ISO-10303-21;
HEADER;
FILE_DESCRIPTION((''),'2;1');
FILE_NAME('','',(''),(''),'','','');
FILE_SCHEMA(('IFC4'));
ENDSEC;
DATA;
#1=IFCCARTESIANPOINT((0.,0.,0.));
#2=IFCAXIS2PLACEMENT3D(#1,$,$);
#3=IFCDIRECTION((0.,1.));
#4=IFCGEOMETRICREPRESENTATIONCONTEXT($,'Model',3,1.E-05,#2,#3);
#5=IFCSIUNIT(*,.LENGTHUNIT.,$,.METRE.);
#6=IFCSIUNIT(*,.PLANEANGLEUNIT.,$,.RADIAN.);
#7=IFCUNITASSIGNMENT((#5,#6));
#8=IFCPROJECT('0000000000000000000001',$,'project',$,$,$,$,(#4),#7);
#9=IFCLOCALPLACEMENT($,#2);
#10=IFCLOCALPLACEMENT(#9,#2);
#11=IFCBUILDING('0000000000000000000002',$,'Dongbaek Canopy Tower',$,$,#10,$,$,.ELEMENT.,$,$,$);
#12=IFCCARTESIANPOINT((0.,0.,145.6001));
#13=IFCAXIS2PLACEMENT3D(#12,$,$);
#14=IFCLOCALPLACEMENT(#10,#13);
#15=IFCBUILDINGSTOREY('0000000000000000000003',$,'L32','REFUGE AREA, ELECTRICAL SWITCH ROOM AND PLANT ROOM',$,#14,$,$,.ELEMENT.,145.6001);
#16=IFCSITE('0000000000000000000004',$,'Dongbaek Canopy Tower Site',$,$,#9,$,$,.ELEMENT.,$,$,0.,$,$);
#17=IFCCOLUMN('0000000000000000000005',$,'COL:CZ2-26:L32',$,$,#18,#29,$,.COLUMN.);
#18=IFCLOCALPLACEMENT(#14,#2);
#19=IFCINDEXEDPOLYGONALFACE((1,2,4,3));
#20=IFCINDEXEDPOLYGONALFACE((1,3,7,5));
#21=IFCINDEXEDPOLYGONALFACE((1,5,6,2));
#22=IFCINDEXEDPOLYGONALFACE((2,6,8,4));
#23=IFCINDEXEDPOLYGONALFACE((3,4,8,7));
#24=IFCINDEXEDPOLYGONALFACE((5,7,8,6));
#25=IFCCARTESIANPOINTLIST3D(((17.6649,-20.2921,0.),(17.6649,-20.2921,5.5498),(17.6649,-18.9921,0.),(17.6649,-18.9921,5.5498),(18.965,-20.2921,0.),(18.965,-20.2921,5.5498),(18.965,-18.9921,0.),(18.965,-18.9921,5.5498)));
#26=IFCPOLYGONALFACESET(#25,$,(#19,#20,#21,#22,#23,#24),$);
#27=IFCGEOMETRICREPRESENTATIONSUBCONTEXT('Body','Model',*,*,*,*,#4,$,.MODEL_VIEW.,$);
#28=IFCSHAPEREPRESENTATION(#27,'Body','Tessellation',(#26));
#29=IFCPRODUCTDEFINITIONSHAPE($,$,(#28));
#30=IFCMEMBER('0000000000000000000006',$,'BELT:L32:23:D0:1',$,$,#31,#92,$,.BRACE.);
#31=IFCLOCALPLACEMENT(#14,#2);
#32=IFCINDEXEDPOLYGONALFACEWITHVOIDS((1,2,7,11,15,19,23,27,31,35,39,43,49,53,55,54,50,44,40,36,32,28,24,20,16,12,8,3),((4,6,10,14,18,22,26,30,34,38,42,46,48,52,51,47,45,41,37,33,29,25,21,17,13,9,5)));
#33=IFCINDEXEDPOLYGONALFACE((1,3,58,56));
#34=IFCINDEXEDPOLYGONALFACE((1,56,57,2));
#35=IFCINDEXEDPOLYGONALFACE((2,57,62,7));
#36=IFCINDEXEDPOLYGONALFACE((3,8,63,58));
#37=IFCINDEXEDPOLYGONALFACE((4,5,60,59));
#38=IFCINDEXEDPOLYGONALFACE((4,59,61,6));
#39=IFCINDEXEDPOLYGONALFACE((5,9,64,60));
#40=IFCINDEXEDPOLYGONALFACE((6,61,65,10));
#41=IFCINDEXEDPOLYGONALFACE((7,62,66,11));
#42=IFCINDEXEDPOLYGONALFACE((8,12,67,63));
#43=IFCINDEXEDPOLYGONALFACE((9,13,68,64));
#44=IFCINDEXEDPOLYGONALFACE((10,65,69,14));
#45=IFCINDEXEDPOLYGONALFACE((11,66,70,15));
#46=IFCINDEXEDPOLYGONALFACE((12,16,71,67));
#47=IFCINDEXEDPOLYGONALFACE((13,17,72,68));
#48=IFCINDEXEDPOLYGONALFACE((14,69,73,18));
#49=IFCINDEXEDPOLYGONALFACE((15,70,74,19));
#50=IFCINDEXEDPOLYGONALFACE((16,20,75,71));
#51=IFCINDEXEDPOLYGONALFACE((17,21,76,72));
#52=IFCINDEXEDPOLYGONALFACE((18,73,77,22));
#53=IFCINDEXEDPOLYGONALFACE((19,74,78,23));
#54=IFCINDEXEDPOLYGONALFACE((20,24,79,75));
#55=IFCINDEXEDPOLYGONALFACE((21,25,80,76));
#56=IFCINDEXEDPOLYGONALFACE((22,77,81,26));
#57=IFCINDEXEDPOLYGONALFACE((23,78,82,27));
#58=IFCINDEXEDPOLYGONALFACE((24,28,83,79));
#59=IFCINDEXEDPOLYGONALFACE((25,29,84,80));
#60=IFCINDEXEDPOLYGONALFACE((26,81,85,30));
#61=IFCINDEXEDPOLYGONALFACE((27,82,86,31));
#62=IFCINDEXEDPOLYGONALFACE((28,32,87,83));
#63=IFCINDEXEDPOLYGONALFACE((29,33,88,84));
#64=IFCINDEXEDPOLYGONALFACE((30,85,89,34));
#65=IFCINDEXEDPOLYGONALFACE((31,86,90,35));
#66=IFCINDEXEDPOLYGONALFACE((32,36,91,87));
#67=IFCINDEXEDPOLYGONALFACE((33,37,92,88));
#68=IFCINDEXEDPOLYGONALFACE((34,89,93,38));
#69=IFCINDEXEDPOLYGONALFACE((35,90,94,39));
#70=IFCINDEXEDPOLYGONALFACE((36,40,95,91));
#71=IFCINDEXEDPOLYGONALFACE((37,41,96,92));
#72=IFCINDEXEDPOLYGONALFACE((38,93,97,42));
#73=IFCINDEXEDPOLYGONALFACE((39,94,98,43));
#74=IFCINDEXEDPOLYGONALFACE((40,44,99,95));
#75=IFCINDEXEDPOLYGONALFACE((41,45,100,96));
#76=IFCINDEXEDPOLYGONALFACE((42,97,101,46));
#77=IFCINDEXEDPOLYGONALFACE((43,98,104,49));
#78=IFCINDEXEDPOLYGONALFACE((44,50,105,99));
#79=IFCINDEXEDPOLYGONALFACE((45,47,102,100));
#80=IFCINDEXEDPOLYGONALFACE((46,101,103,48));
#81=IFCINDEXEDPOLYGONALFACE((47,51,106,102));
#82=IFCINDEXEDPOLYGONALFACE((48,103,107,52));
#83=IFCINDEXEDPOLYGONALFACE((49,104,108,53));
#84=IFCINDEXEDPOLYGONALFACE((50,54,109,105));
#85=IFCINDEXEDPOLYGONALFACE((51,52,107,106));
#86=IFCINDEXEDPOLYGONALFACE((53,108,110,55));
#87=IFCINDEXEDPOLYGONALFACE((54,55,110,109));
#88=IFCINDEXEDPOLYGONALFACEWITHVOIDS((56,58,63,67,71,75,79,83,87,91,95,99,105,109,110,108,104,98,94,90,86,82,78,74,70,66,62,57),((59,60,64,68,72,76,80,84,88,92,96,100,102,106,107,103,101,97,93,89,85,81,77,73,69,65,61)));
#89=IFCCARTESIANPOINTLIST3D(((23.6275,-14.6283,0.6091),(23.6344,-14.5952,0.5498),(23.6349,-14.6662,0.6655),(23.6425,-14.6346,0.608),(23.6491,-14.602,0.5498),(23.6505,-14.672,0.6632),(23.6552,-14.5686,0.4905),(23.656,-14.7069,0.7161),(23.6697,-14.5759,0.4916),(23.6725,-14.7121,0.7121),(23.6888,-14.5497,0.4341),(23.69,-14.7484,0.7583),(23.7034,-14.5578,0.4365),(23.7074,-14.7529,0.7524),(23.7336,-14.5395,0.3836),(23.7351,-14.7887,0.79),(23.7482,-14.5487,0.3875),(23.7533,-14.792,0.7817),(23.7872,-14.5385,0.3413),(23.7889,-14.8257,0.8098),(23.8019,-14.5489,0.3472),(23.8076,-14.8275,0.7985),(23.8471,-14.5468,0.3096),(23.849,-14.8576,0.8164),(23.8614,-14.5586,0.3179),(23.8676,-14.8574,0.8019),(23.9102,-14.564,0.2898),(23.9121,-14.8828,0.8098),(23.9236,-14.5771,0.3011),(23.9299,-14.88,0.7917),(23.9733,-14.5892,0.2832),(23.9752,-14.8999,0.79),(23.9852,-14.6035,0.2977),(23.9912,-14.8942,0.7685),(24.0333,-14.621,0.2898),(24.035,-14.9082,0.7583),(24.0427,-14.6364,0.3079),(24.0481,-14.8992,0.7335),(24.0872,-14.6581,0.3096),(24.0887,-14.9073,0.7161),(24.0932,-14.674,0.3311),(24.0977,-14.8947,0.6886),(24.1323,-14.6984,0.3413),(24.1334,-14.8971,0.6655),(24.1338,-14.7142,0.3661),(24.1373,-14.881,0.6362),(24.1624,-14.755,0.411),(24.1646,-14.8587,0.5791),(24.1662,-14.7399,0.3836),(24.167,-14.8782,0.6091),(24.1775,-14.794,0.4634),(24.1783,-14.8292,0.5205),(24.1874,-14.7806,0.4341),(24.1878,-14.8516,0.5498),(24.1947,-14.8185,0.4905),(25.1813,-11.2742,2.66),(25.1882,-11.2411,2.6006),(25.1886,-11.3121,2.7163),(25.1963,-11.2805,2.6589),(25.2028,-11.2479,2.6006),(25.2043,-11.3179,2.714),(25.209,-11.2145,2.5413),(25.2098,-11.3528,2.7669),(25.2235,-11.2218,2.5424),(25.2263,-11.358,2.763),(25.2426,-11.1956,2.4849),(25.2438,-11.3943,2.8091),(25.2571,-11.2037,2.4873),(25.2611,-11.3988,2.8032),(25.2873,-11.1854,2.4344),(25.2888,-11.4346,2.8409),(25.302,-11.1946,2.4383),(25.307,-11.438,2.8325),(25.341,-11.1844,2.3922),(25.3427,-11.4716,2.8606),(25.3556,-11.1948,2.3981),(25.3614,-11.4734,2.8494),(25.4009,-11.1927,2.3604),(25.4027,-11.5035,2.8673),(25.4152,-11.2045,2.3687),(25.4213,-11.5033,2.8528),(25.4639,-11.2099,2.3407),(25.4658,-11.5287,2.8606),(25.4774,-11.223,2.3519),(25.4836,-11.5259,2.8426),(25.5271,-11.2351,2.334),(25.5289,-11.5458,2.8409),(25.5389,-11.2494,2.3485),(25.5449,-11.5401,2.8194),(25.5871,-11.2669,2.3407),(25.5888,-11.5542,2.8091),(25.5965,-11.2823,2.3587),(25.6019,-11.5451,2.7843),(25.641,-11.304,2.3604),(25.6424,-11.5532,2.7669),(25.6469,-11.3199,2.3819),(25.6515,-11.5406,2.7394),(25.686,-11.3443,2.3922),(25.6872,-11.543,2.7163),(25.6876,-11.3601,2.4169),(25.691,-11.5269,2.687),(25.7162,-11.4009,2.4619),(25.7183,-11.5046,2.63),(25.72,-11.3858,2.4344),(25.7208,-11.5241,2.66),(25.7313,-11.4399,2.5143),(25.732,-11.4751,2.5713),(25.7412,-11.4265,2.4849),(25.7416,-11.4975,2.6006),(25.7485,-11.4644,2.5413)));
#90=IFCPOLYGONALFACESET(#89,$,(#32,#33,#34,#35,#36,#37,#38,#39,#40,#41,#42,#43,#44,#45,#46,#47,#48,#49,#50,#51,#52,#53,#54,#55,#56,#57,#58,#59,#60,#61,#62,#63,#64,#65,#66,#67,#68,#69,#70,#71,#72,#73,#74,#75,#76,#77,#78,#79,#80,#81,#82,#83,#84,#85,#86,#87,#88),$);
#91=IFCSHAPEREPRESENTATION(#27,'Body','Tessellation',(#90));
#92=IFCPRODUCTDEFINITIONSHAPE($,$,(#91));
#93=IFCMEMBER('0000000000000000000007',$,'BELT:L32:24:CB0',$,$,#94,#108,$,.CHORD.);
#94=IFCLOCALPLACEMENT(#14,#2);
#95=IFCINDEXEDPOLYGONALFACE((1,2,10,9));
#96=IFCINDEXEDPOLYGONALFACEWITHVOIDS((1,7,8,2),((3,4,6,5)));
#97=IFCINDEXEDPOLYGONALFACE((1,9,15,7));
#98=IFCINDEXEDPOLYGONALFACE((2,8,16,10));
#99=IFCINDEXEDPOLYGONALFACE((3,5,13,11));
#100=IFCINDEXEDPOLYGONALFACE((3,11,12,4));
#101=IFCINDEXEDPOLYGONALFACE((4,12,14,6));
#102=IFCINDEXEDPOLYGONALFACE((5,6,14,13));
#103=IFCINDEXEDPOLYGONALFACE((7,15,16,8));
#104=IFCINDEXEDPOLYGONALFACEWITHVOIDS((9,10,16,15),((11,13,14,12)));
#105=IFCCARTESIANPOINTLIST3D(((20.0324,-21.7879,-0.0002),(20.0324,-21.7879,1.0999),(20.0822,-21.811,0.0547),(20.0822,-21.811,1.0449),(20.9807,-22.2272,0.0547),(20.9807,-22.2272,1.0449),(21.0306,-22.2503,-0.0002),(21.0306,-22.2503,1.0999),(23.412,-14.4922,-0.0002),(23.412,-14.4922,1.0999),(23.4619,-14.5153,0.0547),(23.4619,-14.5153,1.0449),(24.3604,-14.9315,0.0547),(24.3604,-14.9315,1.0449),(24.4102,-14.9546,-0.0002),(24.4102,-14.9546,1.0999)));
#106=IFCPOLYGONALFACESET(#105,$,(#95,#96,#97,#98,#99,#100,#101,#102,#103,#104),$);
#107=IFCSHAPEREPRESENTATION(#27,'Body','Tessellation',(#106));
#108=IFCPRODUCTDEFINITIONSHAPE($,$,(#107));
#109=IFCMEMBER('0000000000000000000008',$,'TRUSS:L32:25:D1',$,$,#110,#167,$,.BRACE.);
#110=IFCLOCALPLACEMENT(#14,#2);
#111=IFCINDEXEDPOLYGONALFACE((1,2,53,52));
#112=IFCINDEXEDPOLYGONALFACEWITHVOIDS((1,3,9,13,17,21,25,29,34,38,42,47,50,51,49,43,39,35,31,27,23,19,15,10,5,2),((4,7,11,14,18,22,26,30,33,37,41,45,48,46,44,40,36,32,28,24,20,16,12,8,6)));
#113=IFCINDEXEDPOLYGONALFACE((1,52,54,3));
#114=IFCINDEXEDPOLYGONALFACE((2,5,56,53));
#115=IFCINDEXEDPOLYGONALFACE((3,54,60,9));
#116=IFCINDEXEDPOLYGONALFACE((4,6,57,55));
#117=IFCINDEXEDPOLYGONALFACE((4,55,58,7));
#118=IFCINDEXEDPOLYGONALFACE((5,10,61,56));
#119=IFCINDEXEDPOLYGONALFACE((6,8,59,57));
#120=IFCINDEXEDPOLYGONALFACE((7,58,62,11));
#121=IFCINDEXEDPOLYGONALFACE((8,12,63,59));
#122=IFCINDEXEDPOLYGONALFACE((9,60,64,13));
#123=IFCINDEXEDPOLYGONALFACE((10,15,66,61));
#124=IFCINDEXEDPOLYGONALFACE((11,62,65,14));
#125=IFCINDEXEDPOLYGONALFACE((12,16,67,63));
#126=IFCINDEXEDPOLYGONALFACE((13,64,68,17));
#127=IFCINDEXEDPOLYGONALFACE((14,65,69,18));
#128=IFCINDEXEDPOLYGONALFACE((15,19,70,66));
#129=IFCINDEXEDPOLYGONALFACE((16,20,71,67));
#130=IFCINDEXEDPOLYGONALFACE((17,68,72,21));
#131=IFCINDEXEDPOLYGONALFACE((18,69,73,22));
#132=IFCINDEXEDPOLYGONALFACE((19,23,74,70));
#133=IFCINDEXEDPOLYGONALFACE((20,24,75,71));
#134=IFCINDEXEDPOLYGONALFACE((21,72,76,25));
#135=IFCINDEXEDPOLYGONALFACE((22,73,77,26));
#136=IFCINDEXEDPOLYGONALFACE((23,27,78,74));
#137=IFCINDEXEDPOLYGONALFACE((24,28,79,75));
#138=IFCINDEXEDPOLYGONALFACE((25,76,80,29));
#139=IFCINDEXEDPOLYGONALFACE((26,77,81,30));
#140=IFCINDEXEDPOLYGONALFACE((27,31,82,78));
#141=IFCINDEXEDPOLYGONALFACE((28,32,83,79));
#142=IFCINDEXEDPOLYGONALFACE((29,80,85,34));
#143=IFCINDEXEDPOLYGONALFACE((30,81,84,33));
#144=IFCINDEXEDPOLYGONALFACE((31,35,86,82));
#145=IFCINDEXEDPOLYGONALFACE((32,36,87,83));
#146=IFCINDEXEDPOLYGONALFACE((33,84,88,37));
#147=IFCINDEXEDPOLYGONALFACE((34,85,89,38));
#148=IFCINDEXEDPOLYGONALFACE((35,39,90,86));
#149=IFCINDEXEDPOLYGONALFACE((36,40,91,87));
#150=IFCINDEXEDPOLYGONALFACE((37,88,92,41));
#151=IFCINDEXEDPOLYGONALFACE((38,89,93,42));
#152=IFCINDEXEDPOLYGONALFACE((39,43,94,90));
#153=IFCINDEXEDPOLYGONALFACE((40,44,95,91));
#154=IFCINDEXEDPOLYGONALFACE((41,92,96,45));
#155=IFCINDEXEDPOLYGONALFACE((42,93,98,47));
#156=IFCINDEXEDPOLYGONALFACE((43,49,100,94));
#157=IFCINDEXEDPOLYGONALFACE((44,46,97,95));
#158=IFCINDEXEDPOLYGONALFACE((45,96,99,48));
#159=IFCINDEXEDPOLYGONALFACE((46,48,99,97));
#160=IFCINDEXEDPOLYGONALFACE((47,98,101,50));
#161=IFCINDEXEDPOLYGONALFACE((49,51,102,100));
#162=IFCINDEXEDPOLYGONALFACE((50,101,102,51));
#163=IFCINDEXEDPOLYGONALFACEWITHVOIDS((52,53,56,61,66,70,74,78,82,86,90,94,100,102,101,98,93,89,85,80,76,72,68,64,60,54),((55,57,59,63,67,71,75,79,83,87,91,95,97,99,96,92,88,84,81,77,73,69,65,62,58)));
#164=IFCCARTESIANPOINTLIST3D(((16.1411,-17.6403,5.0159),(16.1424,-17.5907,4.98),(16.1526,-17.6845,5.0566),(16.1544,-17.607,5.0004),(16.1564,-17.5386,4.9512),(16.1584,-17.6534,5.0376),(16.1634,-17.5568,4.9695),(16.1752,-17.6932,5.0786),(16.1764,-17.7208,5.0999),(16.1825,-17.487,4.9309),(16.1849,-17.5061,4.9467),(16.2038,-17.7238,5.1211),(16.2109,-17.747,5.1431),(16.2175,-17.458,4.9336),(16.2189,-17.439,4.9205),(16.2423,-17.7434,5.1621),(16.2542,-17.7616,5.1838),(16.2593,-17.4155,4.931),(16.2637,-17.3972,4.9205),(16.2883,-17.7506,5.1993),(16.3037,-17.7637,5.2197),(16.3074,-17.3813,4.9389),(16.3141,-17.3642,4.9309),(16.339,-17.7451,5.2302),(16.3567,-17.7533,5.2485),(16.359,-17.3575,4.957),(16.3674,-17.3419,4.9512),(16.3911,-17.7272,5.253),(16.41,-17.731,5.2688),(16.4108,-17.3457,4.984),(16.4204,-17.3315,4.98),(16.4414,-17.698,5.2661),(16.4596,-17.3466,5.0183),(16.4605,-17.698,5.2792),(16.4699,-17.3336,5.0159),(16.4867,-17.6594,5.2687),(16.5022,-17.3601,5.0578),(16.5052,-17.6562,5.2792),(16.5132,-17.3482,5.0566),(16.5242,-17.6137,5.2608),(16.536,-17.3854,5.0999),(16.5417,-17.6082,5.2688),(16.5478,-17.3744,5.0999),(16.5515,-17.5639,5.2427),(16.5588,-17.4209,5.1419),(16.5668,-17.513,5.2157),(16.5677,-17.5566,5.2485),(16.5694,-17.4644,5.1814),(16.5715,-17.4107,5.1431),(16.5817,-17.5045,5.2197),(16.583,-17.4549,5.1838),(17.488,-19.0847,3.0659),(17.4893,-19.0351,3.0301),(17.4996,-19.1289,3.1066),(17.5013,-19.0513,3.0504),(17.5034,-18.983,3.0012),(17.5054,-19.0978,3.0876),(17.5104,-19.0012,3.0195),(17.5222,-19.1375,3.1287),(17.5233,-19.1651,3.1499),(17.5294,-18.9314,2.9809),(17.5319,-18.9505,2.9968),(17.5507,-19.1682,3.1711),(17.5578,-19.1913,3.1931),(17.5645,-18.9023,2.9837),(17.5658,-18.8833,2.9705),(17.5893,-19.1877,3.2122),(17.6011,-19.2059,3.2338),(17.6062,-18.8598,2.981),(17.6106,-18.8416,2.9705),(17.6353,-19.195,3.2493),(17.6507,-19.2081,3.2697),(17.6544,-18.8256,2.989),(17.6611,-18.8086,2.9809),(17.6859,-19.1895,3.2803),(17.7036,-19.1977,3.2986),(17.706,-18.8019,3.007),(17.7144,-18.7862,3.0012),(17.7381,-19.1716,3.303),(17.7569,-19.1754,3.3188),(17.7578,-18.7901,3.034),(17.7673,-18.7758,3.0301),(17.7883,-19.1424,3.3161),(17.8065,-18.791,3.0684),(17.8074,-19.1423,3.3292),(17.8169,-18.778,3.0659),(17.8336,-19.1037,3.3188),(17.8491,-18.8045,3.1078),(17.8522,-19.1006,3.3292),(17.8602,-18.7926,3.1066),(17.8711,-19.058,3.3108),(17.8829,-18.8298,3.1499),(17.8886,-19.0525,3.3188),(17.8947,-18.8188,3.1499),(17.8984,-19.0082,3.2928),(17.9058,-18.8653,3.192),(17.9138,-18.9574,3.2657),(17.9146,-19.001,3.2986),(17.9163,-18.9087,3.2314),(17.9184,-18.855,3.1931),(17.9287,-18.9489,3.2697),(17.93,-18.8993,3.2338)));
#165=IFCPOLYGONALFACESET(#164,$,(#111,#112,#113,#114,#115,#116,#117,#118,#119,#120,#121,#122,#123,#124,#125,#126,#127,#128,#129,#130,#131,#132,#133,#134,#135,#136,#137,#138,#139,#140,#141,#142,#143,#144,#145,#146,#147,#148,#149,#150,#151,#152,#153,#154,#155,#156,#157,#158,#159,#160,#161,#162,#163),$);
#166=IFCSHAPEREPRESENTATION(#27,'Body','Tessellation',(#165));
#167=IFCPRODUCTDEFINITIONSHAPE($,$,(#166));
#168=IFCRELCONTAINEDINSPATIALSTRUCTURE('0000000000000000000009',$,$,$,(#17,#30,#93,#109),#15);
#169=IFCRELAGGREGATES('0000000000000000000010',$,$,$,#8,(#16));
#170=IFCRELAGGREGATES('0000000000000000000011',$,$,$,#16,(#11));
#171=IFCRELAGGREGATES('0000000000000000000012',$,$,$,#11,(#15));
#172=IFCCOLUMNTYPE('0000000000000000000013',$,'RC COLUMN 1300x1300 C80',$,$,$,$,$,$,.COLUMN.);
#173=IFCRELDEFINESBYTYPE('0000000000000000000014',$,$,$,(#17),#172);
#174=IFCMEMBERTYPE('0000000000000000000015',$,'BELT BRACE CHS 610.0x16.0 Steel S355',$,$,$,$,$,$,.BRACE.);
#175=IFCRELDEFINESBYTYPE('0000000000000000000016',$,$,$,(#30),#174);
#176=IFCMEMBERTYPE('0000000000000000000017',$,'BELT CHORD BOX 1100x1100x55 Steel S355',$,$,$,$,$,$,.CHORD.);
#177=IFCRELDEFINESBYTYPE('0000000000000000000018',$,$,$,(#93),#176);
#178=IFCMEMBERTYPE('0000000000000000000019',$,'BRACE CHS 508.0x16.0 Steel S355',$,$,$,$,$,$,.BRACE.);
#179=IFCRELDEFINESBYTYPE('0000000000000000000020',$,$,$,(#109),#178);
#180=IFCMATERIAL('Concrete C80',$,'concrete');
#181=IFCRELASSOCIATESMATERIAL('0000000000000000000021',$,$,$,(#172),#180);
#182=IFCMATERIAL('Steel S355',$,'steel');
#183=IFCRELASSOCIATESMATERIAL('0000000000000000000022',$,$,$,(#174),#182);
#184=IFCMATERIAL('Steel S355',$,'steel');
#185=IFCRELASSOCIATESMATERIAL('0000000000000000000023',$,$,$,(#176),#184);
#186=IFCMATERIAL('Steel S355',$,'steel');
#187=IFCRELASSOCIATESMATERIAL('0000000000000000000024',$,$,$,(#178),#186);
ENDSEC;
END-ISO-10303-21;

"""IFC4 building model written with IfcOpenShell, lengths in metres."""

from ifc_helpers import new_model, si_unit, direction, frame, origin, origin_2d, place, context, subcontext, project, spatial, rectangle, hollow_rectangle, hollow_circle, extrude, material, material_profile, profile_set, type_object, element, save


model = new_model("IFC4")

# Units and contexts
model_context = context("Model", 3, precision=1e-05, world=origin(), true_north=direction((0.0, 1.0)))
body_context = subcontext(model_context, "Body", "Model", "MODEL_VIEW")
ifc_project = project(units=[si_unit("LENGTHUNIT", "METRE"), si_unit("PLANEANGLEUNIT", "RADIAN")], contexts=[model_context])

# Site, building, storey
site_placement = place(None, origin())
site = spatial("IfcSite", under=ifc_project, at=site_placement, Name="Dongbaek Canopy Tower Site", CompositionType="ELEMENT", RefElevation=0.0)
building_placement = place(site_placement, origin())
building = spatial("IfcBuilding", under=site, at=building_placement, Name="Dongbaek Canopy Tower", CompositionType="ELEMENT")
storey_placement = place(building_placement, frame((0.0, 0.0, 145.6001)))
storey = spatial("IfcBuildingStorey", under=building, at=storey_placement, Name="L32", Description="REFUGE AREA, ELECTRICAL SWITCH ROOM AND PLANT ROOM", CompositionType="ELEMENT", Elevation=145.6001)

# Column
ifc_material_1 = material(Name="Concrete C80", Category="concrete")
ifc_material_profile_1 = material_profile(ifc_material_1, rectangle(XDim=1.3, YDim=1.3, at=origin_2d()), Name="RC COLUMN 1300x1300 C80")
ifc_profile_set_1 = profile_set([ifc_material_profile_1], Name="Concrete C80")
column_type = type_object("IfcColumnType", Name="RC COLUMN 1300x1300 C80", PredefinedType="COLUMN", material=ifc_profile_set_1)
column_placement = place(storey_placement, frame((18.3149, -19.6421, 0.0), z_axis=(0.0, 0.0, 1.0), x_axis=(1.0, 0.0, 0.0)))
element("IfcColumn", 1, at=column_placement, inside=storey, type_object=column_type, Name="COL:CZ2-26:L32", PredefinedType="COLUMN", context=body_context, shape_type="SweptSolid", body=[
    extrude(rectangle(XDim=1.3, YDim=1.3, at=origin_2d()), origin(), (0.0, 0.0, 1.0), 5.5498),
])

# Members
ifc_material_2 = material(Name="Steel S355", Category="steel")
ifc_material_profile_2 = material_profile(ifc_material_2, hollow_circle(Radius=0.3049, WallThickness=0.0161, at=origin_2d()), Name="BELT BRACE CHS 610.0x16.0 Steel S355")
ifc_profile_set_2 = profile_set([ifc_material_profile_2], Name="Steel S355")
member_type_1 = type_object("IfcMemberType", Name="BELT BRACE CHS 610.0x16.0 Steel S355", PredefinedType="BRACE", material=ifc_profile_set_2)
member_1_placement = place(storey_placement, frame((23.9111, -14.7234, 0.5498), z_axis=(0.367552, 0.793437, 0.485142), x_axis=(-0.907371, 0.420331, 0.0)))
element("IfcMember", 2, at=member_1_placement, inside=storey, type_object=member_type_1, Name="BELT:L32:23:D0:1", PredefinedType="BRACE", context=body_context, shape_type="SweptSolid", body=[
    extrude(hollow_circle(Radius=0.3049, WallThickness=0.0161, at=origin_2d()), origin(), (0.0, 0.0, 1.0), 4.2273),
])
ifc_material_3 = material(Name="Steel S355", Category="steel")
ifc_material_profile_3 = material_profile(ifc_material_3, hollow_rectangle(XDim=1.1001, YDim=1.1001, WallThickness=0.0549, at=origin_2d()), Name="BELT CHORD BOX 1100x1100x55 Steel S355")
ifc_profile_set_3 = profile_set([ifc_material_profile_3], Name="Steel S355")
member_type_2 = type_object("IfcMemberType", Name="BELT CHORD BOX 1100x1100x55 Steel S355", PredefinedType="CHORD", material=ifc_profile_set_3)
member_2_placement = place(storey_placement, frame((23.9111, -14.7234, 0.5498), z_axis=(-0.420331, -0.907371, 0.0), x_axis=(0.907371, -0.420331, 0.0)))
element("IfcMember", 3, at=member_2_placement, inside=storey, type_object=member_type_2, Name="BELT:L32:24:CB0", PredefinedType="CHORD", context=body_context, shape_type="SweptSolid", body=[
    extrude(hollow_rectangle(XDim=1.1001, YDim=1.1001, WallThickness=0.0549, at=origin_2d()), origin(), (0.0, 0.0, 1.0), 8.0405),
])
ifc_material_4 = material(Name="Steel S355", Category="steel")
ifc_material_profile_4 = material_profile(ifc_material_4, hollow_circle(Radius=0.2539, WallThickness=0.0161, at=origin_2d()), Name="BRACE CHS 508.0x16.0 Steel S355")
ifc_profile_set_4 = profile_set([ifc_material_profile_4], Name="Steel S355")
member_type_3 = type_object("IfcMemberType", Name="BRACE CHS 508.0x16.0 Steel S355", PredefinedType="BRACE", material=ifc_profile_set_4)
member_3_placement = place(storey_placement, frame((16.3621, -17.5476, 5.0999), z_axis=(0.485315, -0.520414, -0.702594), x_axis=(0.731339, 0.682014, 0.0)))
element("IfcMember", 4, at=member_3_placement, inside=storey, type_object=member_type_3, Name="TRUSS:L32:25:D1", PredefinedType="BRACE", context=body_context, shape_type="SweptSolid", body=[
    extrude(hollow_circle(Radius=0.2539, WallThickness=0.0161, at=origin_2d()), origin(), (0.0, 0.0, 1.0), 2.7754),
])

save(model, "model.ifc")
